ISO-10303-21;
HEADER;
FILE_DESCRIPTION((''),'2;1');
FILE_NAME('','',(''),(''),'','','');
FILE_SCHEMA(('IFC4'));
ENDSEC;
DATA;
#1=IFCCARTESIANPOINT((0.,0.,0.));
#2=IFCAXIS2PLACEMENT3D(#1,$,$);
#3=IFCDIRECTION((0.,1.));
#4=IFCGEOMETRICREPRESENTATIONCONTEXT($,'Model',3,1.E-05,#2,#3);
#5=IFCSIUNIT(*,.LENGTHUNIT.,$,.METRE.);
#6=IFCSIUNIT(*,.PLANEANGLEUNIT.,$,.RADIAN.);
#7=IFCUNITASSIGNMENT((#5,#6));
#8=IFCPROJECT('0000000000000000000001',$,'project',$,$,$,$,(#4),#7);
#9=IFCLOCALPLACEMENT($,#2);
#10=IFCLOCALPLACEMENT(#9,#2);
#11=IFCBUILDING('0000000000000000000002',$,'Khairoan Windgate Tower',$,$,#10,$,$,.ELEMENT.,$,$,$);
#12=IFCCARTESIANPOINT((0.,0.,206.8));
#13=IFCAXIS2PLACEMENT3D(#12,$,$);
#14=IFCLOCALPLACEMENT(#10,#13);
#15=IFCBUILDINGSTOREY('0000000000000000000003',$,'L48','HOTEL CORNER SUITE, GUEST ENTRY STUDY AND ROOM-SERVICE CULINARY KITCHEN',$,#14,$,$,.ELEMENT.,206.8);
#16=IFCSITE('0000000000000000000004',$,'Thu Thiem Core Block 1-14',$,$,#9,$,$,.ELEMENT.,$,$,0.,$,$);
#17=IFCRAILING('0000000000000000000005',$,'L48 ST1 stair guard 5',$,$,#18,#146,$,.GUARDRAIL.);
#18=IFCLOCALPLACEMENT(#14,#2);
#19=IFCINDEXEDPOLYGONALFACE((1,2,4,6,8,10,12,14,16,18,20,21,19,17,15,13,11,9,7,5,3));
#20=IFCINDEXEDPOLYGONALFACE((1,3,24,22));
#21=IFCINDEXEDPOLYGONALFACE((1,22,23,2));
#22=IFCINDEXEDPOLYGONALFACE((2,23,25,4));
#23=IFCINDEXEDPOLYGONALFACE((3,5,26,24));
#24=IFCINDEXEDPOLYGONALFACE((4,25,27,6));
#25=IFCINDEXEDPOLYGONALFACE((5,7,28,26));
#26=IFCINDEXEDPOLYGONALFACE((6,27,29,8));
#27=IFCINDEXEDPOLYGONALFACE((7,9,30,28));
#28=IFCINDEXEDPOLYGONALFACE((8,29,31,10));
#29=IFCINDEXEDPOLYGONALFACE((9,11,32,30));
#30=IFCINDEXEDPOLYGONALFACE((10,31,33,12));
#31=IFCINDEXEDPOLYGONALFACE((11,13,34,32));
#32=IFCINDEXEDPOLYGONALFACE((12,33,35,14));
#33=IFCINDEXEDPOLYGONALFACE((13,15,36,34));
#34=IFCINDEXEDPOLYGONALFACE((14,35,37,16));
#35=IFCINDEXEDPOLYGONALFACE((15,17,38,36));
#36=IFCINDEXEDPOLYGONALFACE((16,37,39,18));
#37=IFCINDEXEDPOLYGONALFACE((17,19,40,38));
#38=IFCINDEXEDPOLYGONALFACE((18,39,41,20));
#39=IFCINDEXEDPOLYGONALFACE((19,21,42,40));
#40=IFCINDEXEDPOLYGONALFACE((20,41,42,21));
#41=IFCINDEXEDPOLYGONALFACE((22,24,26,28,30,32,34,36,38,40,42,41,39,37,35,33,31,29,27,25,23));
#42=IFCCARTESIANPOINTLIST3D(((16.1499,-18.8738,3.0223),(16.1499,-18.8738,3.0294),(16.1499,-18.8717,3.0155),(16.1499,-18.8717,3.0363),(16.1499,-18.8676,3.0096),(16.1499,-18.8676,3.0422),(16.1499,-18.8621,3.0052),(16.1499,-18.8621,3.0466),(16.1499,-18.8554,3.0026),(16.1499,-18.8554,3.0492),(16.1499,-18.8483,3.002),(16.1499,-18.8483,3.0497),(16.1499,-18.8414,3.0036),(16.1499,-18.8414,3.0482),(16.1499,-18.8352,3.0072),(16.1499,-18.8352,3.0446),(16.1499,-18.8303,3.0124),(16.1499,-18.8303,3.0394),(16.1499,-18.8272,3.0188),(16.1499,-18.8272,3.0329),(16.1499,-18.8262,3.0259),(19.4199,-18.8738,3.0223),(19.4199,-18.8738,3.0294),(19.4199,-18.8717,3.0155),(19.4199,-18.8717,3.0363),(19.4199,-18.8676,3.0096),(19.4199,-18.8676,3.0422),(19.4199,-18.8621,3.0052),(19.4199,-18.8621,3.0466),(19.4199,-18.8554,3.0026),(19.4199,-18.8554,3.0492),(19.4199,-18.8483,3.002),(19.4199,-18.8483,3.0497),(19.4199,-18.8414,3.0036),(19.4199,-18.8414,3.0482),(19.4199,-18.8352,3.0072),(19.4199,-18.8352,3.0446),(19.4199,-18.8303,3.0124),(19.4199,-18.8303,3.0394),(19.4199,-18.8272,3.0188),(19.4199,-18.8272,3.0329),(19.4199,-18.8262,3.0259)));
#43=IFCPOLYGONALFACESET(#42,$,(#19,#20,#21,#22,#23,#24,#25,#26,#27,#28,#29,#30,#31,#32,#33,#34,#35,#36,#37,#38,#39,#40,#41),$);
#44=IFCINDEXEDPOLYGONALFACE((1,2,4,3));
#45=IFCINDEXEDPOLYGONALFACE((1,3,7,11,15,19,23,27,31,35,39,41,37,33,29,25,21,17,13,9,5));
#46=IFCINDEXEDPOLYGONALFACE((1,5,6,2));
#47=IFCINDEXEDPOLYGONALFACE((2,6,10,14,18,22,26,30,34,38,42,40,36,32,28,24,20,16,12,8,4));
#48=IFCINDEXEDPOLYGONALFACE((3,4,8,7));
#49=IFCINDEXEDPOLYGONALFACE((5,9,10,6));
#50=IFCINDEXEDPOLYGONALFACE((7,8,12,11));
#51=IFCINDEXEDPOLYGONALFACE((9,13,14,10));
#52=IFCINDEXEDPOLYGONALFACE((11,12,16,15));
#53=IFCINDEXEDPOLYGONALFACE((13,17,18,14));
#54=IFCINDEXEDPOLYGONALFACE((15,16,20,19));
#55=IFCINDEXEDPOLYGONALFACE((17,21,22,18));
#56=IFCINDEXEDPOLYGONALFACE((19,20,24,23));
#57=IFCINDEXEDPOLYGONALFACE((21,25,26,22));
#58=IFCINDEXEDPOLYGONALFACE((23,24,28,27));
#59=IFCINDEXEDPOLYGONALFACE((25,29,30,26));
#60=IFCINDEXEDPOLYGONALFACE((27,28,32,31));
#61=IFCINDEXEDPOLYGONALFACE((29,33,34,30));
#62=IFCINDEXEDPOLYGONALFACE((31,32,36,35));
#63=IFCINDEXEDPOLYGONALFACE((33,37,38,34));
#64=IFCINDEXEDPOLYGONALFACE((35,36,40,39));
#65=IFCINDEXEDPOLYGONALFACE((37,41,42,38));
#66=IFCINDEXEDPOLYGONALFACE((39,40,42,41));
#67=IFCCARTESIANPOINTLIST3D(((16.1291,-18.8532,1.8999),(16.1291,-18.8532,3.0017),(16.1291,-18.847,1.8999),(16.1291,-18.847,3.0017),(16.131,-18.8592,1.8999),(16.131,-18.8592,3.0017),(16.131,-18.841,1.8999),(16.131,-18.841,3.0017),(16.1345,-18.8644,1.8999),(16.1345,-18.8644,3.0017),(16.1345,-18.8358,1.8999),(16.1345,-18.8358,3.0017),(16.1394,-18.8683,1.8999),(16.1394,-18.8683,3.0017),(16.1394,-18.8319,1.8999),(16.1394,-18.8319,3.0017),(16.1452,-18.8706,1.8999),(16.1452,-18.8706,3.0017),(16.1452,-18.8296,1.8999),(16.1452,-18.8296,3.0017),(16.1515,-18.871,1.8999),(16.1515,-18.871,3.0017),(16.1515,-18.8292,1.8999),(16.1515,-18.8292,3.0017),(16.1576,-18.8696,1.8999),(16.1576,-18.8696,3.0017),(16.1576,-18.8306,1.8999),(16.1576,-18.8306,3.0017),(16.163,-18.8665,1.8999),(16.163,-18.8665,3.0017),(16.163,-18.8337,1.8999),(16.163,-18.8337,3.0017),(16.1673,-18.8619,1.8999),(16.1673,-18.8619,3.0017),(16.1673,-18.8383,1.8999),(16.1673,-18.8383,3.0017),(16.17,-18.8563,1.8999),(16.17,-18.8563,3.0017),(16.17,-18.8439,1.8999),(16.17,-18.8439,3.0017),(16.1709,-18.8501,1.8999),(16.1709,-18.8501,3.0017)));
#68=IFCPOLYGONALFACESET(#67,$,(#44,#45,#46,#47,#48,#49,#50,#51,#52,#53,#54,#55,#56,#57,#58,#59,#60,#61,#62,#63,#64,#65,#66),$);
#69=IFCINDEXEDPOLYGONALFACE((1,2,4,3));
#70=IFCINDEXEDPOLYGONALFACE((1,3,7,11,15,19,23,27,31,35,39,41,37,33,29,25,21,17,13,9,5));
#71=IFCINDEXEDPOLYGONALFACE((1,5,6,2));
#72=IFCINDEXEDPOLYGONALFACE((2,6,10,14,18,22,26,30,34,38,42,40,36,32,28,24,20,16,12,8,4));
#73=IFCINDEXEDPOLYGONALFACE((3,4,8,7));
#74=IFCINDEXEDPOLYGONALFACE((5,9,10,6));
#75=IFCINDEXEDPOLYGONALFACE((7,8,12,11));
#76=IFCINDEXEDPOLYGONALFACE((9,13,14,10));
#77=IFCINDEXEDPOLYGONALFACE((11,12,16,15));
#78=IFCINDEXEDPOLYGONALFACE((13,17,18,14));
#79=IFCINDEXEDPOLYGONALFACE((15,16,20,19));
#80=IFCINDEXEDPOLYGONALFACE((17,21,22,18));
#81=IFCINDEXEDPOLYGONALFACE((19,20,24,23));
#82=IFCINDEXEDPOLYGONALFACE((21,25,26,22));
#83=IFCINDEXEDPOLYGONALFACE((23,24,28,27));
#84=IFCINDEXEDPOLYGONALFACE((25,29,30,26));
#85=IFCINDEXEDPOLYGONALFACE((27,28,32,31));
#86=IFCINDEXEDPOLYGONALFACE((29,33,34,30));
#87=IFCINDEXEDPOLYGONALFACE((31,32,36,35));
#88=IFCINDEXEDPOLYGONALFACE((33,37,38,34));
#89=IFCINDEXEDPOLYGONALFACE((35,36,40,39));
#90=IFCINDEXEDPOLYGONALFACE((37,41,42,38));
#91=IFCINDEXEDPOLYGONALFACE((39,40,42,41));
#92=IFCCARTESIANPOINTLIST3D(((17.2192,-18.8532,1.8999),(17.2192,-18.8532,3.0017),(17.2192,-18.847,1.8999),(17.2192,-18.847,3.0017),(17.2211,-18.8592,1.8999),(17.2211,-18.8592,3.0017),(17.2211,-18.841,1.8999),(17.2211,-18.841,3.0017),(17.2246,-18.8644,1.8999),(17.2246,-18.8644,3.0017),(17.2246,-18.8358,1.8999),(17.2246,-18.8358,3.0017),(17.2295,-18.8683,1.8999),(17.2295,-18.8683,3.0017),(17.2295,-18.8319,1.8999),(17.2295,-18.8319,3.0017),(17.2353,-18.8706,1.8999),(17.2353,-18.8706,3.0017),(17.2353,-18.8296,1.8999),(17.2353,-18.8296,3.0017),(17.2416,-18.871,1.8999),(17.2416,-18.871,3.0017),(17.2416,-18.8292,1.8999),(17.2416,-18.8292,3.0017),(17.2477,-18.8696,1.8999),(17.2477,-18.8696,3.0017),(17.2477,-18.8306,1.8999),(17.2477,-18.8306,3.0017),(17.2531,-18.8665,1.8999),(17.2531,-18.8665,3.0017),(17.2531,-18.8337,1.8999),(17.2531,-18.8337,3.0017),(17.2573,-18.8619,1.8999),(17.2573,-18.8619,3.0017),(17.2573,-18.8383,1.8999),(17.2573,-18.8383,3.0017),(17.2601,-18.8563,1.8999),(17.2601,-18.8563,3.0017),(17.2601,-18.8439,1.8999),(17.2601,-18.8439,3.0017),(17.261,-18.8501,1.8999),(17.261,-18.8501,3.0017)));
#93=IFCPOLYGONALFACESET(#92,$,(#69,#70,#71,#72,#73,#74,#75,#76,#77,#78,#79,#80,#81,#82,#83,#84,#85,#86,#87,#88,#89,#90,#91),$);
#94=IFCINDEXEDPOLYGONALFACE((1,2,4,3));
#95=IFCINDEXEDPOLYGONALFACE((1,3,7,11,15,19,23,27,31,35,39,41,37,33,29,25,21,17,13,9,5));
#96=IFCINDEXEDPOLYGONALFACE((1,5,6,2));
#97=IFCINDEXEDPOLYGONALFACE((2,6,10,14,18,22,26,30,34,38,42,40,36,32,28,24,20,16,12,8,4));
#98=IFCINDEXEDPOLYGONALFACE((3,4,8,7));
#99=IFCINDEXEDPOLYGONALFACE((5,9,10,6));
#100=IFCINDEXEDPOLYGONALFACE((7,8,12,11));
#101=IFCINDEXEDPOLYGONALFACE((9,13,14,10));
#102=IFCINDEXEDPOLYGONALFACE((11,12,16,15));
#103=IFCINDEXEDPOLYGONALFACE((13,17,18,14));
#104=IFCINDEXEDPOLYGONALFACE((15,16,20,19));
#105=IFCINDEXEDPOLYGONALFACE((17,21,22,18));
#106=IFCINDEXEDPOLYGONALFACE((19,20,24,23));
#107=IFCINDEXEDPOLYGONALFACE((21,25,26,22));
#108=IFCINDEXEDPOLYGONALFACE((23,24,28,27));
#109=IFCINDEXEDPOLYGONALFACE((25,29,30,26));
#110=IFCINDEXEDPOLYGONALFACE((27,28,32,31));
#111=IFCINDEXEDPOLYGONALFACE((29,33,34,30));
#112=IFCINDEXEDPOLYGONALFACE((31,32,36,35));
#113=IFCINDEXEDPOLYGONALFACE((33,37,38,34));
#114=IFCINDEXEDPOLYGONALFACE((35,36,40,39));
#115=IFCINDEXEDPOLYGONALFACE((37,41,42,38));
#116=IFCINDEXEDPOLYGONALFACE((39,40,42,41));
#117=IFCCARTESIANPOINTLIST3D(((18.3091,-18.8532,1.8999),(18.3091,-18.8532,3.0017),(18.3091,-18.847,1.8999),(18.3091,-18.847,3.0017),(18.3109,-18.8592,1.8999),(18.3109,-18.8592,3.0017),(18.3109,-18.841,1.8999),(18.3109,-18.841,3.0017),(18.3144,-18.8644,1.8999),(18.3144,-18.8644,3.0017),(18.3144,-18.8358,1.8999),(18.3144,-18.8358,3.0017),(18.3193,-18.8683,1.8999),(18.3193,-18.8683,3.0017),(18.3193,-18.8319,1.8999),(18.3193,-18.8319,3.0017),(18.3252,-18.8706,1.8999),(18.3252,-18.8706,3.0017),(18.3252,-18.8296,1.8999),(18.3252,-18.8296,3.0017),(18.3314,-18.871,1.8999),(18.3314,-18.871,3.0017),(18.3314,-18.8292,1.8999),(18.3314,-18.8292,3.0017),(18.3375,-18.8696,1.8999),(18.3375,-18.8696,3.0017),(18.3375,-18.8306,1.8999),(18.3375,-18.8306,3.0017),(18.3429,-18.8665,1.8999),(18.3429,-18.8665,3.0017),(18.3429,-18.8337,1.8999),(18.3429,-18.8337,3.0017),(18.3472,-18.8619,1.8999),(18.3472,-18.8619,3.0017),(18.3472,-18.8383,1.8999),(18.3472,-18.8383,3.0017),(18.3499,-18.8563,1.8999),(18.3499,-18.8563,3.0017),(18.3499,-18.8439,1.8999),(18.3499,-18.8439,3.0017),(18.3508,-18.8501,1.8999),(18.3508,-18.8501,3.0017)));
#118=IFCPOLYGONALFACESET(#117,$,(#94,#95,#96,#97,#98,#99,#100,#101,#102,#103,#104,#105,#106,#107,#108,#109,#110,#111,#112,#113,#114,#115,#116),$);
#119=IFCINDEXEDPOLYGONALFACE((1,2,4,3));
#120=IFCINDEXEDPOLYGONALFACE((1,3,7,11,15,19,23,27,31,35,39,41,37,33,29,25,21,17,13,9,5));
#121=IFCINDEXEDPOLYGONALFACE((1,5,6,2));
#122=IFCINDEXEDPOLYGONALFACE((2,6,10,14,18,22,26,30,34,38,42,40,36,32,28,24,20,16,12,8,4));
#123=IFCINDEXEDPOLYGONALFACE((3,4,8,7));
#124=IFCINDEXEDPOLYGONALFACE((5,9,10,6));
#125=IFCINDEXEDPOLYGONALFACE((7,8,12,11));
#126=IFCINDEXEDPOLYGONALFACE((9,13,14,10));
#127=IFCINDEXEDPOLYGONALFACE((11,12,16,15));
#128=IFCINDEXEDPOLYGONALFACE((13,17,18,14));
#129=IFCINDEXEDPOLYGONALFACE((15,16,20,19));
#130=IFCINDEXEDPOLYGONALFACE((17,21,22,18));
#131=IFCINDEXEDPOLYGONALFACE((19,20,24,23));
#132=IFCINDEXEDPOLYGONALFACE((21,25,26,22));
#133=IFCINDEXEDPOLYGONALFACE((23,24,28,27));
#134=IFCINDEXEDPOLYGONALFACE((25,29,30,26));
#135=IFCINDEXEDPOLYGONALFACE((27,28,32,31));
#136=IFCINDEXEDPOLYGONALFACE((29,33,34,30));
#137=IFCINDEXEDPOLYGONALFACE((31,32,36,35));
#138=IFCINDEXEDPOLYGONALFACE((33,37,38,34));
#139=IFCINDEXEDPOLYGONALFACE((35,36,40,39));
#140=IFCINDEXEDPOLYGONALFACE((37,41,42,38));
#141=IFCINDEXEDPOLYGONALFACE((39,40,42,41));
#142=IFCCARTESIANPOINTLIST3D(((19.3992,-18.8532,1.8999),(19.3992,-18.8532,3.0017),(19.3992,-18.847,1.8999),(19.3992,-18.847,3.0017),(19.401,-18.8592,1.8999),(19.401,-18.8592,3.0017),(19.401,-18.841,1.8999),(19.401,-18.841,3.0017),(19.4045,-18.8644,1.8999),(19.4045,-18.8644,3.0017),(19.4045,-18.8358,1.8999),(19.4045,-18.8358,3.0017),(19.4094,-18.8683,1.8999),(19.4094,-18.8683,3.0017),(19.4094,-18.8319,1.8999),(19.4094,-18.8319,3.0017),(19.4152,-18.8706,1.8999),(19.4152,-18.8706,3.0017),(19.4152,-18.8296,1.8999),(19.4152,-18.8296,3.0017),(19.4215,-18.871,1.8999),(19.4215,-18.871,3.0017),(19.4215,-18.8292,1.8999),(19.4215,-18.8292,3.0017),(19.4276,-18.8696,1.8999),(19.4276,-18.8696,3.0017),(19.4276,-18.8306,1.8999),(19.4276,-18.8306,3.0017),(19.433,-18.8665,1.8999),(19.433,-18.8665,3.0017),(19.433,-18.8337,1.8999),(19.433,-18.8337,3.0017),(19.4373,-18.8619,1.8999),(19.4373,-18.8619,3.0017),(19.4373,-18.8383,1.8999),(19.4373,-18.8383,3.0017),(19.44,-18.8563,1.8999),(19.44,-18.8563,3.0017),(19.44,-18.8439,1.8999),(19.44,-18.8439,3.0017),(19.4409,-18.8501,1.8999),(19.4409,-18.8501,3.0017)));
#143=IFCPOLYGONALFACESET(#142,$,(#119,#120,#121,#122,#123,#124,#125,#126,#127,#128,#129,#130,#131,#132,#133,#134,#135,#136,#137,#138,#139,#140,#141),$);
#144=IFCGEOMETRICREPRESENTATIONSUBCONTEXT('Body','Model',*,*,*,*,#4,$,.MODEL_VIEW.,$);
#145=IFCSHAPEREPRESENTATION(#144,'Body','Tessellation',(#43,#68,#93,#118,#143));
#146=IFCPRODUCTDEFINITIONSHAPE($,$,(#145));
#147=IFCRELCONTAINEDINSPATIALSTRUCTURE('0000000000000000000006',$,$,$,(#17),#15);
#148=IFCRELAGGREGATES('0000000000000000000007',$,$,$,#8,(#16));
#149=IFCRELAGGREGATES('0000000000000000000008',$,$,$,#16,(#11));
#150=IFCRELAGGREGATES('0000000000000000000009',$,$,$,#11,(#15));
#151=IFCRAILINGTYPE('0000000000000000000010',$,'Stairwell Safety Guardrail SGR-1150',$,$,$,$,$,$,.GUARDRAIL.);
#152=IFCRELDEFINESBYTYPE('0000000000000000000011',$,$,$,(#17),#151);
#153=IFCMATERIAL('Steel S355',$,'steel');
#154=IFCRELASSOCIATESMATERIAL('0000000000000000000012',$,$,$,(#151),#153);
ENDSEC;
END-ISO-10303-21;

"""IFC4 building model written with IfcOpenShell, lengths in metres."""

from ifc_helpers import new_model, si_unit, direction, frame, origin, origin_2d, place, context, subcontext, project, spatial, circle, extrude, material, type_object, element, save


model = new_model("IFC4")

# Units and contexts
model_context = context("Model", 3, precision=1e-05, world=origin(), true_north=direction((0.0, 1.0)))
body_context = subcontext(model_context, "Body", "Model", "MODEL_VIEW")
ifc_project = project(units=[si_unit("LENGTHUNIT", "METRE"), si_unit("PLANEANGLEUNIT", "RADIAN")], contexts=[model_context])

# Site, building, storey
site_placement = place(None, origin())
site = spatial("IfcSite", under=ifc_project, at=site_placement, Name="Thu Thiem Core Block 1-14", CompositionType="ELEMENT", RefElevation=0.0)
building_placement = place(site_placement, origin())
building = spatial("IfcBuilding", under=site, at=building_placement, Name="Khairoan Windgate Tower", CompositionType="ELEMENT")
storey_placement = place(building_placement, frame((0.0, 0.0, 206.8)))
storey = spatial("IfcBuildingStorey", under=building, at=storey_placement, Name="L48", Description="HOTEL CORNER SUITE, GUEST ENTRY STUDY AND ROOM-SERVICE CULINARY KITCHEN", CompositionType="ELEMENT", Elevation=206.8)

# Railing
ifc_material_1 = material(Name="Steel S355", Category="steel")
railing_type = type_object("IfcRailingType", Name="Stairwell Safety Guardrail SGR-1150", PredefinedType="GUARDRAIL", material=ifc_material_1)
railing_1_placement = place(storey_placement, frame((16.1499, -18.8501, 1.8999)))
element("IfcRailing", 1, at=railing_1_placement, inside=storey, type_object=railing_type, Name="L48 ST1 stair guard 5", PredefinedType="GUARDRAIL", context=body_context, shape_type="SweptSolid", body=[
    extrude(circle(Radius=0.0239, at=origin_2d()), frame((0.0, 0.0, 1.126), z_axis=(1.0, 0.0, 0.0), x_axis=(0.0, 1.0, 0.0)), (0.0, 0.0, 1.0), 3.27),
    extrude(circle(Radius=0.021, at=origin_2d()), origin(), (0.0, 0.0, 1.0), 1.1018),
    extrude(circle(Radius=0.021, at=origin_2d()), frame((1.0901, 0.0, 0.0)), (0.0, 0.0, 1.0), 1.1018),
    extrude(circle(Radius=0.021, at=origin_2d()), frame((2.1799, 0.0, 0.0)), (0.0, 0.0, 1.0), 1.1018),
    extrude(circle(Radius=0.021, at=origin_2d()), frame((3.27, 0.0, 0.0)), (0.0, 0.0, 1.0), 1.1018),
])

save(model, "model.ifc")
